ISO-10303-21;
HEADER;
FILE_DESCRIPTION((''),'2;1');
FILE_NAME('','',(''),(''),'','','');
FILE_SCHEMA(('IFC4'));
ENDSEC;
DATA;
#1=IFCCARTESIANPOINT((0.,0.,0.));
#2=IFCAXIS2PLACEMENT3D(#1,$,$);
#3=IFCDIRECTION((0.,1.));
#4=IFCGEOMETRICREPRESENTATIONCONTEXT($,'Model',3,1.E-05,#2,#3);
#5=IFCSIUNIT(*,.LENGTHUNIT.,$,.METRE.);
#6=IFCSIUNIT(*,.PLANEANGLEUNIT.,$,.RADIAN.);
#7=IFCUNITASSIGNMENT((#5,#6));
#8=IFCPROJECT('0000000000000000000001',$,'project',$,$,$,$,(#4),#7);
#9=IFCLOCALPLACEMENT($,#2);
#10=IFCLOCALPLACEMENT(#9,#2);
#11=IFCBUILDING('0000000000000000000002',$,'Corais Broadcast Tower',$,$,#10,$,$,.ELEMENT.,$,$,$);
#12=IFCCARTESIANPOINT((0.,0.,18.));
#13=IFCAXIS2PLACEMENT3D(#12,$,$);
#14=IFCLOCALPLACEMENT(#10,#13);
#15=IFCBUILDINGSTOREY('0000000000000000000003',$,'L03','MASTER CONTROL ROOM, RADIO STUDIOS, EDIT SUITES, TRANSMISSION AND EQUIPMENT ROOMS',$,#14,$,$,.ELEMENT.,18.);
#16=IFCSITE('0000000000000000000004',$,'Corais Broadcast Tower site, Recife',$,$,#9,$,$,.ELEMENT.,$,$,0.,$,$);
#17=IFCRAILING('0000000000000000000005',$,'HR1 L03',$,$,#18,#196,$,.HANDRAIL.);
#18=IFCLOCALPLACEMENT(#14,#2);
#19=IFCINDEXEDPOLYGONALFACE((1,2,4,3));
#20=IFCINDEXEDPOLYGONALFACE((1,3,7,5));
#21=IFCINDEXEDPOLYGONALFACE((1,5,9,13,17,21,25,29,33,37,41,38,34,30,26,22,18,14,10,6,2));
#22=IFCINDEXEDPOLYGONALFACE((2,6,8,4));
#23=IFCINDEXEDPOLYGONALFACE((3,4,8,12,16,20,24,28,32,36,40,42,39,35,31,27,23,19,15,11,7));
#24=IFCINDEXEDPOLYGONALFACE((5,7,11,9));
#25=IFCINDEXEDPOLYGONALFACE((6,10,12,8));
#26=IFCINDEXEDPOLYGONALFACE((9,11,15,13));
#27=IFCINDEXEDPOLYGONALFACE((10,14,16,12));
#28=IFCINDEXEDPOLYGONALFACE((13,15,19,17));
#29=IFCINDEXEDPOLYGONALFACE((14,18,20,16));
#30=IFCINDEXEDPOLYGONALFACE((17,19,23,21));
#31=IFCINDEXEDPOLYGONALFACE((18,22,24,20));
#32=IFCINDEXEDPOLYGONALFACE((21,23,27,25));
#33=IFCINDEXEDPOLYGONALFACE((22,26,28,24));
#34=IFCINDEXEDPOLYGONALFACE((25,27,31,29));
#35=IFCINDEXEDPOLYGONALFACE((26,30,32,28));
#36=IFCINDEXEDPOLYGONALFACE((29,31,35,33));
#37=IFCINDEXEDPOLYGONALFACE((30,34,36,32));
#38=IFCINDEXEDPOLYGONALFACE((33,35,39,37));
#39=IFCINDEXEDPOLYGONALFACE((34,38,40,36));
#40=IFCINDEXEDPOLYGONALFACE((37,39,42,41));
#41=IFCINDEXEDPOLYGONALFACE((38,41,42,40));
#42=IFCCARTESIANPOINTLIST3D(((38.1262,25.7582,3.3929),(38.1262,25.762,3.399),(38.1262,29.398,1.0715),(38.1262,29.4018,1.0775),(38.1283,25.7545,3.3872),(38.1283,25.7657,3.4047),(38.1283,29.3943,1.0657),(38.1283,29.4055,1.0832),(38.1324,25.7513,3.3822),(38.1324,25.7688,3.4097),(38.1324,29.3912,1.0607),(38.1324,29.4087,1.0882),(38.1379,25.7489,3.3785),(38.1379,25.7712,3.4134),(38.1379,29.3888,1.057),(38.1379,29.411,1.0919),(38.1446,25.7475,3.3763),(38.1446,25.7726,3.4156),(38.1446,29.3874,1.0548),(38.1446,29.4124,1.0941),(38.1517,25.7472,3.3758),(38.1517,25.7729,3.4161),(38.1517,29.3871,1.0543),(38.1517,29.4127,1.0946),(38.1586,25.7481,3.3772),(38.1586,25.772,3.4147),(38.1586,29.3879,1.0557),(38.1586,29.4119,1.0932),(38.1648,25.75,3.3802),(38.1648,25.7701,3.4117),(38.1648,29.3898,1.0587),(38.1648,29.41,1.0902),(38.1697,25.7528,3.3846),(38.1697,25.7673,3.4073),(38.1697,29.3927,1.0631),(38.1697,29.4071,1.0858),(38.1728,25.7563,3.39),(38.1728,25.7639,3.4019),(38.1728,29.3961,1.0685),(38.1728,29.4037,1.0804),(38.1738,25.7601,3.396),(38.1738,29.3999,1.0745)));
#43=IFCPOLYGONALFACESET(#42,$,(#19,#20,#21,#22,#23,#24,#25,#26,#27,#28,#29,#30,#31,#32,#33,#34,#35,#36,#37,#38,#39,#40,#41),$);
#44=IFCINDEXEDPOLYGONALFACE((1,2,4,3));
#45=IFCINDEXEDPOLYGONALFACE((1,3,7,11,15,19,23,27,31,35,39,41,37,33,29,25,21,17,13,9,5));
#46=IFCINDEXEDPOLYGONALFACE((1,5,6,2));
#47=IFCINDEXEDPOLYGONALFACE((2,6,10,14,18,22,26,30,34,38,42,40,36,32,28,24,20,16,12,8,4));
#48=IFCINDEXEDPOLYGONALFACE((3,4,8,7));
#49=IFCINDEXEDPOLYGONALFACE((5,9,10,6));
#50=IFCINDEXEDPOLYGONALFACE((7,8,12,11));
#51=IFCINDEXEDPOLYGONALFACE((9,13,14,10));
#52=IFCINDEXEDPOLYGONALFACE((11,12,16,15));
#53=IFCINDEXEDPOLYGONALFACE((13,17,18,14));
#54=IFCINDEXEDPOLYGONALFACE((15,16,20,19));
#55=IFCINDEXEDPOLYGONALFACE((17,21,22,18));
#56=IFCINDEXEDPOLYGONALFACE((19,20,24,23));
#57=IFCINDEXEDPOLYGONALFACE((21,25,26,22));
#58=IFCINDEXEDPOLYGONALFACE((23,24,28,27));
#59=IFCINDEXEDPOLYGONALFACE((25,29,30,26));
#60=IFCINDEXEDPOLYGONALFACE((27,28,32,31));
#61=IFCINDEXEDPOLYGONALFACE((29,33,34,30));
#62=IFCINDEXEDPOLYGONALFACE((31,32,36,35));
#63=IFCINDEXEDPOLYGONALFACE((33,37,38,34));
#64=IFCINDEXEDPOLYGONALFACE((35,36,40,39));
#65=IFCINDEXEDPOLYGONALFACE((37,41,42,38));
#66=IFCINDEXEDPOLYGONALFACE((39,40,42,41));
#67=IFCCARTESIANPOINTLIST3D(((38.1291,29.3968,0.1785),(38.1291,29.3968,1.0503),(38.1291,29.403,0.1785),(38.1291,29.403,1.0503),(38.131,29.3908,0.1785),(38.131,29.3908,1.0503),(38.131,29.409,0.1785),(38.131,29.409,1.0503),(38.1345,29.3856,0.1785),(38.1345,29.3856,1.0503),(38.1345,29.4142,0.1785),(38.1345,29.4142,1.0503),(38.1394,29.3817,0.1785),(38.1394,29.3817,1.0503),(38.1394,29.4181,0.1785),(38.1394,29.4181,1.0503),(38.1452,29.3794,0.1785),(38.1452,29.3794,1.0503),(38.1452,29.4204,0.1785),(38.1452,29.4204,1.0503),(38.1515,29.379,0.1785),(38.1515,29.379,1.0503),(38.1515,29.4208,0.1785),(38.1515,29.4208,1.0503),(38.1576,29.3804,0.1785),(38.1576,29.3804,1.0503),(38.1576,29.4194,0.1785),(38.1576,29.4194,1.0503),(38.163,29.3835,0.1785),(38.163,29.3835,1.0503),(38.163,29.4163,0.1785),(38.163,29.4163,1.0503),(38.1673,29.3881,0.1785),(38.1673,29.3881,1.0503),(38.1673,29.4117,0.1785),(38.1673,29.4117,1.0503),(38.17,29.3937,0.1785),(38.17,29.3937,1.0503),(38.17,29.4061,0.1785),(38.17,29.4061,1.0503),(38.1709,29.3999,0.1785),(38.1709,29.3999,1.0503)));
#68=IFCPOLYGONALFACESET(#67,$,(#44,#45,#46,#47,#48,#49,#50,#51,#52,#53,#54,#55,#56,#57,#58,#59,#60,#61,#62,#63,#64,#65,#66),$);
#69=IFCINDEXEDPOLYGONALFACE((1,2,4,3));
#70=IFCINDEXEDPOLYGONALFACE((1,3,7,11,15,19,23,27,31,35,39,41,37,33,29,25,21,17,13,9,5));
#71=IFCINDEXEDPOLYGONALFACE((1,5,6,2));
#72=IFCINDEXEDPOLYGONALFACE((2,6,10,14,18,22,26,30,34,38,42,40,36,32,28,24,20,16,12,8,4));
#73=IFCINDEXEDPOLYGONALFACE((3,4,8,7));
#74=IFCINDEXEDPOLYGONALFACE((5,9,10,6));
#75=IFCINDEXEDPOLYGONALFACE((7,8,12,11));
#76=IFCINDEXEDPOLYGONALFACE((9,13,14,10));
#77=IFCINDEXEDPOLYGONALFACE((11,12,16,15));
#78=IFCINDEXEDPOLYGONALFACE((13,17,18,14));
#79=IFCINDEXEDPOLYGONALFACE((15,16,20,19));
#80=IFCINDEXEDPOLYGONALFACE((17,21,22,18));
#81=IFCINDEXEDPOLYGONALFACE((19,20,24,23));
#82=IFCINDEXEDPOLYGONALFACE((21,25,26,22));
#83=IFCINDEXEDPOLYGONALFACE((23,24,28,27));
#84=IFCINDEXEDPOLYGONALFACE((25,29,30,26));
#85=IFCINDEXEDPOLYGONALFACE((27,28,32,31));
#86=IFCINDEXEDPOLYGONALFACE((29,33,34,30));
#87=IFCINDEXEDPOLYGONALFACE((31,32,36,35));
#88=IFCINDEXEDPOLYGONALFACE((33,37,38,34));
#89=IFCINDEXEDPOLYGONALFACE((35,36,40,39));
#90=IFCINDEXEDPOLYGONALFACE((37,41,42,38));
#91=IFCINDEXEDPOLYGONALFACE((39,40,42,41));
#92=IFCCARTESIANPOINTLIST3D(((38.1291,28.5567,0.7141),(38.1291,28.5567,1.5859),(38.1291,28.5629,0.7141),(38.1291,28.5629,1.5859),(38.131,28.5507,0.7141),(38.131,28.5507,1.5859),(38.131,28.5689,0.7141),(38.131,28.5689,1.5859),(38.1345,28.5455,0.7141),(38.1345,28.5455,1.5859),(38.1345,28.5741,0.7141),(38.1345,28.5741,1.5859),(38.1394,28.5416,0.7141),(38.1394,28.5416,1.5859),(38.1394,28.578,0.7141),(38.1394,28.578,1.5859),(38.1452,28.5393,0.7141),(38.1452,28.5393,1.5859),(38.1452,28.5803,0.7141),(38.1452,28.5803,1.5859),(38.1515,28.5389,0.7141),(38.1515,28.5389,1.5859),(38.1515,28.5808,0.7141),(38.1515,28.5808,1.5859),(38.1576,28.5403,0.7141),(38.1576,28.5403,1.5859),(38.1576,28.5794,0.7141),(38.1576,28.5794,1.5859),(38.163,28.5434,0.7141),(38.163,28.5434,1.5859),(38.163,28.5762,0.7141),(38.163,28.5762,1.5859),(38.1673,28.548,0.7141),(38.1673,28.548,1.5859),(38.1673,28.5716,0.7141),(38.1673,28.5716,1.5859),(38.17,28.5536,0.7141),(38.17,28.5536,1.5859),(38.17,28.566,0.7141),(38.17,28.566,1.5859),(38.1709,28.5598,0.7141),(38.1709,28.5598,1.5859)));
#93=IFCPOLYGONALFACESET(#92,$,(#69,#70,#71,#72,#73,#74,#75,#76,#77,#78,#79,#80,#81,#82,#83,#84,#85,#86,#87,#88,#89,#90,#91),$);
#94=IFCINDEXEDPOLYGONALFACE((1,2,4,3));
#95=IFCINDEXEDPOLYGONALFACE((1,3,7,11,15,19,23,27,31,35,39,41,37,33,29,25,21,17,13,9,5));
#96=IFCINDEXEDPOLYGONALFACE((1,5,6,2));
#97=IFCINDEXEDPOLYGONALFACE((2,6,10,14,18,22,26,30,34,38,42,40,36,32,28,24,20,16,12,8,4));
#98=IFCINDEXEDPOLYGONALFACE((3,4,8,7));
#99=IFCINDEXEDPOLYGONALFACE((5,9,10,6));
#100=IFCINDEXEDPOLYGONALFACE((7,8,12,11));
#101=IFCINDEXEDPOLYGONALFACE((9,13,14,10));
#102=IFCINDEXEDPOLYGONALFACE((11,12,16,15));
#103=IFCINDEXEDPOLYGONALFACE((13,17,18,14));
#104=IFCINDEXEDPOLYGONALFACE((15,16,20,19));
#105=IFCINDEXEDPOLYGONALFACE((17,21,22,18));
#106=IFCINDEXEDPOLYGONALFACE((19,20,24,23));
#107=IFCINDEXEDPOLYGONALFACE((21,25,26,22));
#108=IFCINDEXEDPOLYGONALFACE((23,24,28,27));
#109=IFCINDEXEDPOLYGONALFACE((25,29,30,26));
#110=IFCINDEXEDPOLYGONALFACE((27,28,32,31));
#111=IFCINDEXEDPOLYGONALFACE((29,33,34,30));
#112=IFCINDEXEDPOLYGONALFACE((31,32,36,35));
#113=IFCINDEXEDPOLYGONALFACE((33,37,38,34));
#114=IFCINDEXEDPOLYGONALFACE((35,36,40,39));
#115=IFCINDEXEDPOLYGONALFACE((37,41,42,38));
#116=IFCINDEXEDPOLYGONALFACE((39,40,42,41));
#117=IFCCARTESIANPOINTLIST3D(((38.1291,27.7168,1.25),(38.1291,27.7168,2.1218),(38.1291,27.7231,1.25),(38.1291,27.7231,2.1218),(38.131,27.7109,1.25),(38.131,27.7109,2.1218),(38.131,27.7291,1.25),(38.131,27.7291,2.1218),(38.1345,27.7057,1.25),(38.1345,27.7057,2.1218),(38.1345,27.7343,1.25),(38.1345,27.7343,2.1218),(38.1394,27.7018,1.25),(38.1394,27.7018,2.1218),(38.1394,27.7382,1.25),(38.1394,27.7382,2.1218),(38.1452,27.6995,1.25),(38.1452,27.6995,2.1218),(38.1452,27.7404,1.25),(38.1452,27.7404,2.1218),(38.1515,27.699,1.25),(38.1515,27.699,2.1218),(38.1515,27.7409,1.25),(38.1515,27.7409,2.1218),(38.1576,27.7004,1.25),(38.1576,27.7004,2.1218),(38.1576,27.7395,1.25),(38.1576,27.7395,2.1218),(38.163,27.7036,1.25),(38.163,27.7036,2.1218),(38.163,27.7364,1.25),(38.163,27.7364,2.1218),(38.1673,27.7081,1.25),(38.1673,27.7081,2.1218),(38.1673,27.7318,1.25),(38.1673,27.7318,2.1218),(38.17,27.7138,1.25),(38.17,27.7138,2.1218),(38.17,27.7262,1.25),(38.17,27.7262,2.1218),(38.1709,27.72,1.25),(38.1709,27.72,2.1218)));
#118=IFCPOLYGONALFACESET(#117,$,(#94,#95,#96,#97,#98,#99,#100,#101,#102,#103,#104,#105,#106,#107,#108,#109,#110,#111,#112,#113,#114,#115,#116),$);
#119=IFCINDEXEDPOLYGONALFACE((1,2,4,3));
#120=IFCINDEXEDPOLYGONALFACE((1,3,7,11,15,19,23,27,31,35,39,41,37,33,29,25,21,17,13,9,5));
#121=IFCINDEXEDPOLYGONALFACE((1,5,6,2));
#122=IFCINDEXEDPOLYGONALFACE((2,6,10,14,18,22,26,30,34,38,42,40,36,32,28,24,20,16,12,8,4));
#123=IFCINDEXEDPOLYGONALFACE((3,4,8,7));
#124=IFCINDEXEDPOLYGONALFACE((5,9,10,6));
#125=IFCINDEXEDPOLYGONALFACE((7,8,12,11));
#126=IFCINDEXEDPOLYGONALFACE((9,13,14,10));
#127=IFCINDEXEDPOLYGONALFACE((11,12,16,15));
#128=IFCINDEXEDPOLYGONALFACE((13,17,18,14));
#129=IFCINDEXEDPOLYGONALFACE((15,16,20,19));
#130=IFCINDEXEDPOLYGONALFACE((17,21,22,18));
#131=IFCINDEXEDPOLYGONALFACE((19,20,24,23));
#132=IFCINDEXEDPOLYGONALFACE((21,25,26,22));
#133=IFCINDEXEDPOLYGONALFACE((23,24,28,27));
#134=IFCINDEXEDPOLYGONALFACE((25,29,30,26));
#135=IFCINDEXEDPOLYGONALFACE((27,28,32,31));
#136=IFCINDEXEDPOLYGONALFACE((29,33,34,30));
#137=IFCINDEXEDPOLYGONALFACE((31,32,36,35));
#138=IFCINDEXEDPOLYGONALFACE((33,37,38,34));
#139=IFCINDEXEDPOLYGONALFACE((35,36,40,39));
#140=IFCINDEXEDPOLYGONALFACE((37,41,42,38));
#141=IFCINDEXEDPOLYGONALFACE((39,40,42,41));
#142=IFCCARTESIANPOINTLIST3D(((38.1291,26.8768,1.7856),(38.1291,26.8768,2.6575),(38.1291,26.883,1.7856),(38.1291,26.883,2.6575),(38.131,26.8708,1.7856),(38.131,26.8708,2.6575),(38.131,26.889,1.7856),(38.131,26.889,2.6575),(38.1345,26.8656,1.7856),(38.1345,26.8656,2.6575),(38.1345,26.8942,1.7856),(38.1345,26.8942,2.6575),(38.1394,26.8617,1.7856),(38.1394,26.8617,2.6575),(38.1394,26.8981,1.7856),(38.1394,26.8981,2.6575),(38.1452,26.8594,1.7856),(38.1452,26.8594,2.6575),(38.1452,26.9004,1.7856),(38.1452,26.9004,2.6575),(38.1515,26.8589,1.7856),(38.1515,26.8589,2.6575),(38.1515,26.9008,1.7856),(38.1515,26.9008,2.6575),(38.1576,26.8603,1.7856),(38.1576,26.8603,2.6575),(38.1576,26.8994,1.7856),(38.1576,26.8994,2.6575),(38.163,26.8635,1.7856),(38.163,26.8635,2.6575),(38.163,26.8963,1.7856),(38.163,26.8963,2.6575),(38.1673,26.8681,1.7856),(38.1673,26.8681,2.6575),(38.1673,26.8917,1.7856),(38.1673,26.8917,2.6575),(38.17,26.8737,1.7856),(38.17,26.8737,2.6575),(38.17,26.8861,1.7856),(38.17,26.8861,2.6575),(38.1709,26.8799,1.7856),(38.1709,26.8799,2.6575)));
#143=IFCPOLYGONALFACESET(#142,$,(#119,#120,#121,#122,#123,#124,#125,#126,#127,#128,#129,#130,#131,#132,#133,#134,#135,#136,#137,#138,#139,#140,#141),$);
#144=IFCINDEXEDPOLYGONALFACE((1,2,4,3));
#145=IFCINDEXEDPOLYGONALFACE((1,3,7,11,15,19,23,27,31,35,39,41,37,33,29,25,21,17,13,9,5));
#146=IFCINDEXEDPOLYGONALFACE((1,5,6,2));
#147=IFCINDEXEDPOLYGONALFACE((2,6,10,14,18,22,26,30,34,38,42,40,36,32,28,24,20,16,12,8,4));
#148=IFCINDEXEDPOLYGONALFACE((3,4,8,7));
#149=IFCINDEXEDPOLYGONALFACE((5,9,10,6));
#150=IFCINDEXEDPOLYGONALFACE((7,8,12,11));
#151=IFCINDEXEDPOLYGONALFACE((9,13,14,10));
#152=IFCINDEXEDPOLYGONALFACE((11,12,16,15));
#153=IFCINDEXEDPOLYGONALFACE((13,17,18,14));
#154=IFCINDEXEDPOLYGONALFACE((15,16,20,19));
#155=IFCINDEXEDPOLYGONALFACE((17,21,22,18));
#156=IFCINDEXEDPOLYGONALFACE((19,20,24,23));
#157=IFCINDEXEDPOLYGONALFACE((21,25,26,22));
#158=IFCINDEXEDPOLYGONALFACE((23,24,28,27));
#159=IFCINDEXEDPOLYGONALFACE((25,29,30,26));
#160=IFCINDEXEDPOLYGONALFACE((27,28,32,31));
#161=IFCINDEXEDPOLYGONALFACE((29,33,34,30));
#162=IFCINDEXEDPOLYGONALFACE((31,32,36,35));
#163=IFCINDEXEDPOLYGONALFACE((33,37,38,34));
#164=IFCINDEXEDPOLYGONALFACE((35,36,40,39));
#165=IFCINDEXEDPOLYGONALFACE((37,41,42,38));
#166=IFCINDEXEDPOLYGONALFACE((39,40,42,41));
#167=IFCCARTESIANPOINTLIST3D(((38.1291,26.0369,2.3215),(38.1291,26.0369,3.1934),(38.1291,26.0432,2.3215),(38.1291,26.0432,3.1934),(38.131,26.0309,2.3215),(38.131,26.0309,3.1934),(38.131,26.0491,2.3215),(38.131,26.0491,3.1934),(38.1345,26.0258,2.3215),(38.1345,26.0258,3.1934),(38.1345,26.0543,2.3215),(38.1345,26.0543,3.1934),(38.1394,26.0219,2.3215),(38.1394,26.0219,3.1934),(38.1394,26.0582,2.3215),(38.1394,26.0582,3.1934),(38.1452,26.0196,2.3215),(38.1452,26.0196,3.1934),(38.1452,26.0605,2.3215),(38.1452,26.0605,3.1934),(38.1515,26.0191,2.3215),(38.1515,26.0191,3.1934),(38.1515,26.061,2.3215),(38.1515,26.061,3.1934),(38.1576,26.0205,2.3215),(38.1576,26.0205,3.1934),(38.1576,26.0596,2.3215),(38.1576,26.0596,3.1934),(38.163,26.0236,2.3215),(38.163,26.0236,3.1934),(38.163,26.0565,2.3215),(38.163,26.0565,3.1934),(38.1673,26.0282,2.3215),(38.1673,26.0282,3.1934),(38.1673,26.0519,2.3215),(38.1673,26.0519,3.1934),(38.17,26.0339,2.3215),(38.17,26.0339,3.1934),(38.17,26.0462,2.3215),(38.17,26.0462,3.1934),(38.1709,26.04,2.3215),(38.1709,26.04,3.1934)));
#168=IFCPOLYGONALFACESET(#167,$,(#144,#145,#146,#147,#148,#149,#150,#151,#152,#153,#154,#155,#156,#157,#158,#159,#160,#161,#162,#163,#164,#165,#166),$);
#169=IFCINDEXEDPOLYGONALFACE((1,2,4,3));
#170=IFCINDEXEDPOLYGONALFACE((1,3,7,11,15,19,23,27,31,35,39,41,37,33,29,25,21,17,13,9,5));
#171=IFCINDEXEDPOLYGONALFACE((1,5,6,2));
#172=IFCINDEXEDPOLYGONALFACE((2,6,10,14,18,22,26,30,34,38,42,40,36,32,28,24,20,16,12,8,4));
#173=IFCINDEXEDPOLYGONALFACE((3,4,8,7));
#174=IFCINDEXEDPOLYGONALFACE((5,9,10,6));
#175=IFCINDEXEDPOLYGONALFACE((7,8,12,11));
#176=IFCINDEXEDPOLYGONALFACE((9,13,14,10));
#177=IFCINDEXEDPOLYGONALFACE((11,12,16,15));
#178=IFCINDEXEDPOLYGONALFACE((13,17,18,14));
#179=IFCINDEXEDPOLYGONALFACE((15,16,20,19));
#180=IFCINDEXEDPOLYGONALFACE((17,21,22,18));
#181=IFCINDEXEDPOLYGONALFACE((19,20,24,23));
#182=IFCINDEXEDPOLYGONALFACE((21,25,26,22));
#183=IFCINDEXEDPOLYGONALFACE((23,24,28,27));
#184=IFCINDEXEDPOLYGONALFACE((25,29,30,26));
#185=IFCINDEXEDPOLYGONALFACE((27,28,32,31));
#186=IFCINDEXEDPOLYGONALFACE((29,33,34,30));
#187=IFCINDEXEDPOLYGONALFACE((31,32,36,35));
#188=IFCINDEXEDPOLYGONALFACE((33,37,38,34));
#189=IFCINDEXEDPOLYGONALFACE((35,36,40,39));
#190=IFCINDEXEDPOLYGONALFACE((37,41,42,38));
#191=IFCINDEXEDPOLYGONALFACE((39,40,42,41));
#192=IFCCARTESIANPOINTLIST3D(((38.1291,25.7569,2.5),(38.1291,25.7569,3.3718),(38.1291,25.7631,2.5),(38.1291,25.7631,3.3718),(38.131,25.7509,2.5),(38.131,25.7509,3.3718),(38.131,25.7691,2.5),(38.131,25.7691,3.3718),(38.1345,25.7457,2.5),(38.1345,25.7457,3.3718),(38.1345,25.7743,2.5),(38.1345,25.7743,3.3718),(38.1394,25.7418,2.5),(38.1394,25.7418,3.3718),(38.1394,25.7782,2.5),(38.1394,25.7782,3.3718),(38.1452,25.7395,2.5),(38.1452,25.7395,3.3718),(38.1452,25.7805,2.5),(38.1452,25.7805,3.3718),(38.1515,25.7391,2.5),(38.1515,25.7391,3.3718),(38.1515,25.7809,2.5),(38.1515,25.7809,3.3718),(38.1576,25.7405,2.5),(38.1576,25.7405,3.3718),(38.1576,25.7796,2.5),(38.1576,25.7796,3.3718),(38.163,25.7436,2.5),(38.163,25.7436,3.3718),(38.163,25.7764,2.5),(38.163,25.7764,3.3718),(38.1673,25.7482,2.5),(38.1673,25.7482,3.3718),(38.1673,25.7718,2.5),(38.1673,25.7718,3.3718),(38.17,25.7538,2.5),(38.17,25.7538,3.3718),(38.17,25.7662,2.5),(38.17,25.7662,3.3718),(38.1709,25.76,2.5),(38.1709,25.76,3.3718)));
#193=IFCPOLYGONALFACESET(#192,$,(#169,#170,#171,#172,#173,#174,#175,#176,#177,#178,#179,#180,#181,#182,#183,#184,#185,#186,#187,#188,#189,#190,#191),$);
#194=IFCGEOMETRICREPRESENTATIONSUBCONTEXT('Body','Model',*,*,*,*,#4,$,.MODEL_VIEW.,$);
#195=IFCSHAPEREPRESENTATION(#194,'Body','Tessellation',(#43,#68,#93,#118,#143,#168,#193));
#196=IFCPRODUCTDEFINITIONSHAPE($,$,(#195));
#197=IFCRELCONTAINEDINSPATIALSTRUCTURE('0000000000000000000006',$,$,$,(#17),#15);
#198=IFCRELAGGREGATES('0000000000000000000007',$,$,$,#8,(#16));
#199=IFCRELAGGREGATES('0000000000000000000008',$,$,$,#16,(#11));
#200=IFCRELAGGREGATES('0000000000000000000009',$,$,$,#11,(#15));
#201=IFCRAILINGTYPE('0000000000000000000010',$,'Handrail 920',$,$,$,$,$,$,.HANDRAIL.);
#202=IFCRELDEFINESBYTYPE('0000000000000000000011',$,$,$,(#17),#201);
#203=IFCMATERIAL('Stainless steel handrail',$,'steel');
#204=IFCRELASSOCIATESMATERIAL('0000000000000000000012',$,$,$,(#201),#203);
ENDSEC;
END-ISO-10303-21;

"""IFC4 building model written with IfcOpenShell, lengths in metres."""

from ifc_helpers import new_model, si_unit, direction, frame, origin, origin_2d, place, context, subcontext, project, spatial, circle, extrude, material, type_object, element, save


model = new_model("IFC4")

# Units and contexts
model_context = context("Model", 3, precision=1e-05, world=origin(), true_north=direction((0.0, 1.0)))
body_context = subcontext(model_context, "Body", "Model", "MODEL_VIEW")
ifc_project = project(units=[si_unit("LENGTHUNIT", "METRE"), si_unit("PLANEANGLEUNIT", "RADIAN")], contexts=[model_context])

# Site, building, storey
site_placement = place(None, origin())
site = spatial("IfcSite", under=ifc_project, at=site_placement, Name="Corais Broadcast Tower site, Recife", CompositionType="ELEMENT", RefElevation=0.0)
building_placement = place(site_placement, origin())
building = spatial("IfcBuilding", under=site, at=building_placement, Name="Corais Broadcast Tower", CompositionType="ELEMENT")
storey_placement = place(building_placement, frame((0.0, 0.0, 18.0)))
storey = spatial("IfcBuildingStorey", under=building, at=storey_placement, Name="L03", Description="MASTER CONTROL ROOM, RADIO STUDIOS, EDIT SUITES, TRANSMISSION AND EQUIPMENT ROOMS", CompositionType="ELEMENT", Elevation=18.0)

# Railing
ifc_material_1 = material(Name="Stainless steel handrail", Category="steel")
railing_type = type_object("IfcRailingType", Name="Handrail 920", PredefinedType="HANDRAIL", material=ifc_material_1)
railing_placement = place(storey_placement, frame((38.1499, 29.3999, 0.1785)))
element("IfcRailing", 1, at=railing_placement, inside=storey, type_object=railing_type, Name="HR1 L03", PredefinedType="HANDRAIL", context=body_context, shape_type="SweptSolid", body=[
    extrude(circle(Radius=0.0239, at=origin_2d()), frame((0.0, 0.0, 0.896), z_axis=(0.0, -0.843112, 0.537739), x_axis=(1.0, 0.0, 0.0)), (0.0, 0.0, 1.0), 4.3171),
    extrude(circle(Radius=0.021, at=origin_2d()), origin(), (0.0, 0.0, 1.0), 0.8718),
    extrude(circle(Radius=0.021, at=origin_2d()), frame((0.0, -0.8401, 0.5356)), (0.0, 0.0, 1.0), 0.8718),
    extrude(circle(Radius=0.021, at=origin_2d()), frame((0.0, -1.6799, 1.0715)), (0.0, 0.0, 1.0), 0.8718),
    extrude(circle(Radius=0.021, at=origin_2d()), frame((0.0, -2.52, 1.6072)), (0.0, 0.0, 1.0), 0.8718),
    extrude(circle(Radius=0.021, at=origin_2d()), frame((0.0, -3.3599, 2.1431)), (0.0, 0.0, 1.0), 0.8718),
    extrude(circle(Radius=0.021, at=origin_2d()), frame((0.0, -3.6399, 2.3215)), (0.0, 0.0, 1.0), 0.8718),
])

save(model, "model.ifc")
